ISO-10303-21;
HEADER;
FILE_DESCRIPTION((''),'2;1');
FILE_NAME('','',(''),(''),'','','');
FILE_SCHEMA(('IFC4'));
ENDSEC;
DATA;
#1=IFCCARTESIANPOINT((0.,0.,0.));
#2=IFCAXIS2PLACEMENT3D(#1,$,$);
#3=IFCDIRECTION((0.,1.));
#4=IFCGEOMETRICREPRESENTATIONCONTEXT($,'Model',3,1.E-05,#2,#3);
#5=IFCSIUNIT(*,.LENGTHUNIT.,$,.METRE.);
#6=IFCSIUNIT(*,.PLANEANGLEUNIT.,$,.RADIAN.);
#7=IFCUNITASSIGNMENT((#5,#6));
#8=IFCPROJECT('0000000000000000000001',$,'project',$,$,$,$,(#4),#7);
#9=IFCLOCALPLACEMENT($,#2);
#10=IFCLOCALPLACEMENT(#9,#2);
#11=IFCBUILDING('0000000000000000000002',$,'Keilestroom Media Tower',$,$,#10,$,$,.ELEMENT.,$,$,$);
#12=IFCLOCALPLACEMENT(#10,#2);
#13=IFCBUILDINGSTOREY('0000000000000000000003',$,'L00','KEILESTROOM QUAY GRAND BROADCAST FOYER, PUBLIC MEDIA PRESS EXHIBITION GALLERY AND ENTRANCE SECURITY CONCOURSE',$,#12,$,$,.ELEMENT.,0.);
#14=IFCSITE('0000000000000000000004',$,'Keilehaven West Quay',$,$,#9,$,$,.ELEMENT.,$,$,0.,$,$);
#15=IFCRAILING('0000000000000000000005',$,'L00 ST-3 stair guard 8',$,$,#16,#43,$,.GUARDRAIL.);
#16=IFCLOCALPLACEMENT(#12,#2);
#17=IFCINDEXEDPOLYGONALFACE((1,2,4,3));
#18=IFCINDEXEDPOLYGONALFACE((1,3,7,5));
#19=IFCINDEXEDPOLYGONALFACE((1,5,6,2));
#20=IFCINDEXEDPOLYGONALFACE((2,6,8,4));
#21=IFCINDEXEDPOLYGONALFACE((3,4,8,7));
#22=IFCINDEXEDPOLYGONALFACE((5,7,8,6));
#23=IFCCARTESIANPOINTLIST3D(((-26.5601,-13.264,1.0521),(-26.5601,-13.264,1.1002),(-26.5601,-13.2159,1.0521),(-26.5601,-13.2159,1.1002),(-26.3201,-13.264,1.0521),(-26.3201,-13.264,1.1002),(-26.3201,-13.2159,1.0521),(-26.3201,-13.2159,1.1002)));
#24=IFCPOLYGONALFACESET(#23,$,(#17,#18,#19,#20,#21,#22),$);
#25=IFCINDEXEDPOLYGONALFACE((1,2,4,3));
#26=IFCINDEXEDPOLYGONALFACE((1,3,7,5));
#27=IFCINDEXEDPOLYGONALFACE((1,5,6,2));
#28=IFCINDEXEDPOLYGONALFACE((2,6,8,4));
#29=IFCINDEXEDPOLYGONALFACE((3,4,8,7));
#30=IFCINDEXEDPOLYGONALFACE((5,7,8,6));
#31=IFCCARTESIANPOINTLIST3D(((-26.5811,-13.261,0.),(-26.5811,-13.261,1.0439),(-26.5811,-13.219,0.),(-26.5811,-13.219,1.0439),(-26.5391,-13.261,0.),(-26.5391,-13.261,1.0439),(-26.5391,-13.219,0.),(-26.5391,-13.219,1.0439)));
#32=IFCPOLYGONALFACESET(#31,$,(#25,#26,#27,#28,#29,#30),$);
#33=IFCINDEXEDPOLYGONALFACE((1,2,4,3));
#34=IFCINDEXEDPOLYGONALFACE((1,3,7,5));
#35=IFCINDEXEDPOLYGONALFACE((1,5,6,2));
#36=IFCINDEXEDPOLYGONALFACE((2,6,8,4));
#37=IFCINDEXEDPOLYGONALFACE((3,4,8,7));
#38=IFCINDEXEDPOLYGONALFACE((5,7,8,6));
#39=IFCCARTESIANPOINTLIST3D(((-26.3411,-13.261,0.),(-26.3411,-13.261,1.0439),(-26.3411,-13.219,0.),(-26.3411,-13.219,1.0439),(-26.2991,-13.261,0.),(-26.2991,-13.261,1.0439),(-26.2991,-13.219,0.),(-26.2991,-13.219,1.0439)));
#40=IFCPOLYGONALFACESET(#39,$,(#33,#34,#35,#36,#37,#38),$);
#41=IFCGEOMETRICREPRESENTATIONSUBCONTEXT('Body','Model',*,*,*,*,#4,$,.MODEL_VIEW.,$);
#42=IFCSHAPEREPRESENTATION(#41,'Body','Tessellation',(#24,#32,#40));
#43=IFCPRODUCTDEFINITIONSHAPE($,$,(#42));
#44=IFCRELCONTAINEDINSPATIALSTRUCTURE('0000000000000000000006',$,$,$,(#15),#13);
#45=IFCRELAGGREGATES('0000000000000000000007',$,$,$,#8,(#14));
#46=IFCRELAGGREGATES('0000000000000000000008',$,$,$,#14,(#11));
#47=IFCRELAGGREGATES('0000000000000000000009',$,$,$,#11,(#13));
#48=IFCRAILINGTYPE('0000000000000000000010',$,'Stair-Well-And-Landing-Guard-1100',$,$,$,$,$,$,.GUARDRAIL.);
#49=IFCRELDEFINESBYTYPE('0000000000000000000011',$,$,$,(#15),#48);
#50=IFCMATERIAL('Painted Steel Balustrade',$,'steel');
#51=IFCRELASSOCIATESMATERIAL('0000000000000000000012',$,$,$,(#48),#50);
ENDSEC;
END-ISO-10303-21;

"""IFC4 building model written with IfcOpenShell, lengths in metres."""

from ifc_helpers import new_model, si_unit, direction, frame, origin, origin_2d, place, context, subcontext, project, spatial, rectangle, extrude, material, type_object, element, save


model = new_model("IFC4")

# Units and contexts
model_context = context("Model", 3, precision=1e-05, world=origin(), true_north=direction((0.0, 1.0)))
body_context = subcontext(model_context, "Body", "Model", "MODEL_VIEW")
ifc_project = project(units=[si_unit("LENGTHUNIT", "METRE"), si_unit("PLANEANGLEUNIT", "RADIAN")], contexts=[model_context])

# Site, building, storey
site_placement = place(None, origin())
site = spatial("IfcSite", under=ifc_project, at=site_placement, Name="Keilehaven West Quay", CompositionType="ELEMENT", RefElevation=0.0)
building_placement = place(site_placement, origin())
building = spatial("IfcBuilding", under=site, at=building_placement, Name="Keilestroom Media Tower", CompositionType="ELEMENT")
storey_placement = place(building_placement, origin())
storey = spatial("IfcBuildingStorey", under=building, at=storey_placement, Name="L00", Description="KEILESTROOM QUAY GRAND BROADCAST FOYER, PUBLIC MEDIA PRESS EXHIBITION GALLERY AND ENTRANCE SECURITY CONCOURSE", CompositionType="ELEMENT", Elevation=0.0)

# Railing
ifc_material_1 = material(Name="Painted Steel Balustrade", Category="steel")
railing_type_1 = type_object("IfcRailingType", Name="Stair-Well-And-Landing-Guard-1100", PredefinedType="GUARDRAIL", material=ifc_material_1)
railing_1_placement = place(storey_placement, frame((-26.5601, -13.24, 0.0)))
element("IfcRailing", 1, at=railing_1_placement, inside=storey, type_object=railing_type_1, Name="L00 ST-3 stair guard 8", PredefinedType="GUARDRAIL", context=body_context, shape_type="SweptSolid", body=[
    extrude(rectangle(XDim=0.0481, YDim=0.0481, at=origin_2d()), frame((0.0, 0.0, 1.0762), z_axis=(1.0, 0.0, 0.0), x_axis=(0.0, 1.0, 0.0)), (0.0, 0.0, 1.0), 0.24),
    extrude(rectangle(XDim=0.042, YDim=0.042, at=origin_2d()), origin(), (0.0, 0.0, 1.0), 1.0439),
    extrude(rectangle(XDim=0.042, YDim=0.042, at=origin_2d()), frame((0.24, 0.0, 0.0)), (0.0, 0.0, 1.0), 1.0439),
])

save(model, "model.ifc")
